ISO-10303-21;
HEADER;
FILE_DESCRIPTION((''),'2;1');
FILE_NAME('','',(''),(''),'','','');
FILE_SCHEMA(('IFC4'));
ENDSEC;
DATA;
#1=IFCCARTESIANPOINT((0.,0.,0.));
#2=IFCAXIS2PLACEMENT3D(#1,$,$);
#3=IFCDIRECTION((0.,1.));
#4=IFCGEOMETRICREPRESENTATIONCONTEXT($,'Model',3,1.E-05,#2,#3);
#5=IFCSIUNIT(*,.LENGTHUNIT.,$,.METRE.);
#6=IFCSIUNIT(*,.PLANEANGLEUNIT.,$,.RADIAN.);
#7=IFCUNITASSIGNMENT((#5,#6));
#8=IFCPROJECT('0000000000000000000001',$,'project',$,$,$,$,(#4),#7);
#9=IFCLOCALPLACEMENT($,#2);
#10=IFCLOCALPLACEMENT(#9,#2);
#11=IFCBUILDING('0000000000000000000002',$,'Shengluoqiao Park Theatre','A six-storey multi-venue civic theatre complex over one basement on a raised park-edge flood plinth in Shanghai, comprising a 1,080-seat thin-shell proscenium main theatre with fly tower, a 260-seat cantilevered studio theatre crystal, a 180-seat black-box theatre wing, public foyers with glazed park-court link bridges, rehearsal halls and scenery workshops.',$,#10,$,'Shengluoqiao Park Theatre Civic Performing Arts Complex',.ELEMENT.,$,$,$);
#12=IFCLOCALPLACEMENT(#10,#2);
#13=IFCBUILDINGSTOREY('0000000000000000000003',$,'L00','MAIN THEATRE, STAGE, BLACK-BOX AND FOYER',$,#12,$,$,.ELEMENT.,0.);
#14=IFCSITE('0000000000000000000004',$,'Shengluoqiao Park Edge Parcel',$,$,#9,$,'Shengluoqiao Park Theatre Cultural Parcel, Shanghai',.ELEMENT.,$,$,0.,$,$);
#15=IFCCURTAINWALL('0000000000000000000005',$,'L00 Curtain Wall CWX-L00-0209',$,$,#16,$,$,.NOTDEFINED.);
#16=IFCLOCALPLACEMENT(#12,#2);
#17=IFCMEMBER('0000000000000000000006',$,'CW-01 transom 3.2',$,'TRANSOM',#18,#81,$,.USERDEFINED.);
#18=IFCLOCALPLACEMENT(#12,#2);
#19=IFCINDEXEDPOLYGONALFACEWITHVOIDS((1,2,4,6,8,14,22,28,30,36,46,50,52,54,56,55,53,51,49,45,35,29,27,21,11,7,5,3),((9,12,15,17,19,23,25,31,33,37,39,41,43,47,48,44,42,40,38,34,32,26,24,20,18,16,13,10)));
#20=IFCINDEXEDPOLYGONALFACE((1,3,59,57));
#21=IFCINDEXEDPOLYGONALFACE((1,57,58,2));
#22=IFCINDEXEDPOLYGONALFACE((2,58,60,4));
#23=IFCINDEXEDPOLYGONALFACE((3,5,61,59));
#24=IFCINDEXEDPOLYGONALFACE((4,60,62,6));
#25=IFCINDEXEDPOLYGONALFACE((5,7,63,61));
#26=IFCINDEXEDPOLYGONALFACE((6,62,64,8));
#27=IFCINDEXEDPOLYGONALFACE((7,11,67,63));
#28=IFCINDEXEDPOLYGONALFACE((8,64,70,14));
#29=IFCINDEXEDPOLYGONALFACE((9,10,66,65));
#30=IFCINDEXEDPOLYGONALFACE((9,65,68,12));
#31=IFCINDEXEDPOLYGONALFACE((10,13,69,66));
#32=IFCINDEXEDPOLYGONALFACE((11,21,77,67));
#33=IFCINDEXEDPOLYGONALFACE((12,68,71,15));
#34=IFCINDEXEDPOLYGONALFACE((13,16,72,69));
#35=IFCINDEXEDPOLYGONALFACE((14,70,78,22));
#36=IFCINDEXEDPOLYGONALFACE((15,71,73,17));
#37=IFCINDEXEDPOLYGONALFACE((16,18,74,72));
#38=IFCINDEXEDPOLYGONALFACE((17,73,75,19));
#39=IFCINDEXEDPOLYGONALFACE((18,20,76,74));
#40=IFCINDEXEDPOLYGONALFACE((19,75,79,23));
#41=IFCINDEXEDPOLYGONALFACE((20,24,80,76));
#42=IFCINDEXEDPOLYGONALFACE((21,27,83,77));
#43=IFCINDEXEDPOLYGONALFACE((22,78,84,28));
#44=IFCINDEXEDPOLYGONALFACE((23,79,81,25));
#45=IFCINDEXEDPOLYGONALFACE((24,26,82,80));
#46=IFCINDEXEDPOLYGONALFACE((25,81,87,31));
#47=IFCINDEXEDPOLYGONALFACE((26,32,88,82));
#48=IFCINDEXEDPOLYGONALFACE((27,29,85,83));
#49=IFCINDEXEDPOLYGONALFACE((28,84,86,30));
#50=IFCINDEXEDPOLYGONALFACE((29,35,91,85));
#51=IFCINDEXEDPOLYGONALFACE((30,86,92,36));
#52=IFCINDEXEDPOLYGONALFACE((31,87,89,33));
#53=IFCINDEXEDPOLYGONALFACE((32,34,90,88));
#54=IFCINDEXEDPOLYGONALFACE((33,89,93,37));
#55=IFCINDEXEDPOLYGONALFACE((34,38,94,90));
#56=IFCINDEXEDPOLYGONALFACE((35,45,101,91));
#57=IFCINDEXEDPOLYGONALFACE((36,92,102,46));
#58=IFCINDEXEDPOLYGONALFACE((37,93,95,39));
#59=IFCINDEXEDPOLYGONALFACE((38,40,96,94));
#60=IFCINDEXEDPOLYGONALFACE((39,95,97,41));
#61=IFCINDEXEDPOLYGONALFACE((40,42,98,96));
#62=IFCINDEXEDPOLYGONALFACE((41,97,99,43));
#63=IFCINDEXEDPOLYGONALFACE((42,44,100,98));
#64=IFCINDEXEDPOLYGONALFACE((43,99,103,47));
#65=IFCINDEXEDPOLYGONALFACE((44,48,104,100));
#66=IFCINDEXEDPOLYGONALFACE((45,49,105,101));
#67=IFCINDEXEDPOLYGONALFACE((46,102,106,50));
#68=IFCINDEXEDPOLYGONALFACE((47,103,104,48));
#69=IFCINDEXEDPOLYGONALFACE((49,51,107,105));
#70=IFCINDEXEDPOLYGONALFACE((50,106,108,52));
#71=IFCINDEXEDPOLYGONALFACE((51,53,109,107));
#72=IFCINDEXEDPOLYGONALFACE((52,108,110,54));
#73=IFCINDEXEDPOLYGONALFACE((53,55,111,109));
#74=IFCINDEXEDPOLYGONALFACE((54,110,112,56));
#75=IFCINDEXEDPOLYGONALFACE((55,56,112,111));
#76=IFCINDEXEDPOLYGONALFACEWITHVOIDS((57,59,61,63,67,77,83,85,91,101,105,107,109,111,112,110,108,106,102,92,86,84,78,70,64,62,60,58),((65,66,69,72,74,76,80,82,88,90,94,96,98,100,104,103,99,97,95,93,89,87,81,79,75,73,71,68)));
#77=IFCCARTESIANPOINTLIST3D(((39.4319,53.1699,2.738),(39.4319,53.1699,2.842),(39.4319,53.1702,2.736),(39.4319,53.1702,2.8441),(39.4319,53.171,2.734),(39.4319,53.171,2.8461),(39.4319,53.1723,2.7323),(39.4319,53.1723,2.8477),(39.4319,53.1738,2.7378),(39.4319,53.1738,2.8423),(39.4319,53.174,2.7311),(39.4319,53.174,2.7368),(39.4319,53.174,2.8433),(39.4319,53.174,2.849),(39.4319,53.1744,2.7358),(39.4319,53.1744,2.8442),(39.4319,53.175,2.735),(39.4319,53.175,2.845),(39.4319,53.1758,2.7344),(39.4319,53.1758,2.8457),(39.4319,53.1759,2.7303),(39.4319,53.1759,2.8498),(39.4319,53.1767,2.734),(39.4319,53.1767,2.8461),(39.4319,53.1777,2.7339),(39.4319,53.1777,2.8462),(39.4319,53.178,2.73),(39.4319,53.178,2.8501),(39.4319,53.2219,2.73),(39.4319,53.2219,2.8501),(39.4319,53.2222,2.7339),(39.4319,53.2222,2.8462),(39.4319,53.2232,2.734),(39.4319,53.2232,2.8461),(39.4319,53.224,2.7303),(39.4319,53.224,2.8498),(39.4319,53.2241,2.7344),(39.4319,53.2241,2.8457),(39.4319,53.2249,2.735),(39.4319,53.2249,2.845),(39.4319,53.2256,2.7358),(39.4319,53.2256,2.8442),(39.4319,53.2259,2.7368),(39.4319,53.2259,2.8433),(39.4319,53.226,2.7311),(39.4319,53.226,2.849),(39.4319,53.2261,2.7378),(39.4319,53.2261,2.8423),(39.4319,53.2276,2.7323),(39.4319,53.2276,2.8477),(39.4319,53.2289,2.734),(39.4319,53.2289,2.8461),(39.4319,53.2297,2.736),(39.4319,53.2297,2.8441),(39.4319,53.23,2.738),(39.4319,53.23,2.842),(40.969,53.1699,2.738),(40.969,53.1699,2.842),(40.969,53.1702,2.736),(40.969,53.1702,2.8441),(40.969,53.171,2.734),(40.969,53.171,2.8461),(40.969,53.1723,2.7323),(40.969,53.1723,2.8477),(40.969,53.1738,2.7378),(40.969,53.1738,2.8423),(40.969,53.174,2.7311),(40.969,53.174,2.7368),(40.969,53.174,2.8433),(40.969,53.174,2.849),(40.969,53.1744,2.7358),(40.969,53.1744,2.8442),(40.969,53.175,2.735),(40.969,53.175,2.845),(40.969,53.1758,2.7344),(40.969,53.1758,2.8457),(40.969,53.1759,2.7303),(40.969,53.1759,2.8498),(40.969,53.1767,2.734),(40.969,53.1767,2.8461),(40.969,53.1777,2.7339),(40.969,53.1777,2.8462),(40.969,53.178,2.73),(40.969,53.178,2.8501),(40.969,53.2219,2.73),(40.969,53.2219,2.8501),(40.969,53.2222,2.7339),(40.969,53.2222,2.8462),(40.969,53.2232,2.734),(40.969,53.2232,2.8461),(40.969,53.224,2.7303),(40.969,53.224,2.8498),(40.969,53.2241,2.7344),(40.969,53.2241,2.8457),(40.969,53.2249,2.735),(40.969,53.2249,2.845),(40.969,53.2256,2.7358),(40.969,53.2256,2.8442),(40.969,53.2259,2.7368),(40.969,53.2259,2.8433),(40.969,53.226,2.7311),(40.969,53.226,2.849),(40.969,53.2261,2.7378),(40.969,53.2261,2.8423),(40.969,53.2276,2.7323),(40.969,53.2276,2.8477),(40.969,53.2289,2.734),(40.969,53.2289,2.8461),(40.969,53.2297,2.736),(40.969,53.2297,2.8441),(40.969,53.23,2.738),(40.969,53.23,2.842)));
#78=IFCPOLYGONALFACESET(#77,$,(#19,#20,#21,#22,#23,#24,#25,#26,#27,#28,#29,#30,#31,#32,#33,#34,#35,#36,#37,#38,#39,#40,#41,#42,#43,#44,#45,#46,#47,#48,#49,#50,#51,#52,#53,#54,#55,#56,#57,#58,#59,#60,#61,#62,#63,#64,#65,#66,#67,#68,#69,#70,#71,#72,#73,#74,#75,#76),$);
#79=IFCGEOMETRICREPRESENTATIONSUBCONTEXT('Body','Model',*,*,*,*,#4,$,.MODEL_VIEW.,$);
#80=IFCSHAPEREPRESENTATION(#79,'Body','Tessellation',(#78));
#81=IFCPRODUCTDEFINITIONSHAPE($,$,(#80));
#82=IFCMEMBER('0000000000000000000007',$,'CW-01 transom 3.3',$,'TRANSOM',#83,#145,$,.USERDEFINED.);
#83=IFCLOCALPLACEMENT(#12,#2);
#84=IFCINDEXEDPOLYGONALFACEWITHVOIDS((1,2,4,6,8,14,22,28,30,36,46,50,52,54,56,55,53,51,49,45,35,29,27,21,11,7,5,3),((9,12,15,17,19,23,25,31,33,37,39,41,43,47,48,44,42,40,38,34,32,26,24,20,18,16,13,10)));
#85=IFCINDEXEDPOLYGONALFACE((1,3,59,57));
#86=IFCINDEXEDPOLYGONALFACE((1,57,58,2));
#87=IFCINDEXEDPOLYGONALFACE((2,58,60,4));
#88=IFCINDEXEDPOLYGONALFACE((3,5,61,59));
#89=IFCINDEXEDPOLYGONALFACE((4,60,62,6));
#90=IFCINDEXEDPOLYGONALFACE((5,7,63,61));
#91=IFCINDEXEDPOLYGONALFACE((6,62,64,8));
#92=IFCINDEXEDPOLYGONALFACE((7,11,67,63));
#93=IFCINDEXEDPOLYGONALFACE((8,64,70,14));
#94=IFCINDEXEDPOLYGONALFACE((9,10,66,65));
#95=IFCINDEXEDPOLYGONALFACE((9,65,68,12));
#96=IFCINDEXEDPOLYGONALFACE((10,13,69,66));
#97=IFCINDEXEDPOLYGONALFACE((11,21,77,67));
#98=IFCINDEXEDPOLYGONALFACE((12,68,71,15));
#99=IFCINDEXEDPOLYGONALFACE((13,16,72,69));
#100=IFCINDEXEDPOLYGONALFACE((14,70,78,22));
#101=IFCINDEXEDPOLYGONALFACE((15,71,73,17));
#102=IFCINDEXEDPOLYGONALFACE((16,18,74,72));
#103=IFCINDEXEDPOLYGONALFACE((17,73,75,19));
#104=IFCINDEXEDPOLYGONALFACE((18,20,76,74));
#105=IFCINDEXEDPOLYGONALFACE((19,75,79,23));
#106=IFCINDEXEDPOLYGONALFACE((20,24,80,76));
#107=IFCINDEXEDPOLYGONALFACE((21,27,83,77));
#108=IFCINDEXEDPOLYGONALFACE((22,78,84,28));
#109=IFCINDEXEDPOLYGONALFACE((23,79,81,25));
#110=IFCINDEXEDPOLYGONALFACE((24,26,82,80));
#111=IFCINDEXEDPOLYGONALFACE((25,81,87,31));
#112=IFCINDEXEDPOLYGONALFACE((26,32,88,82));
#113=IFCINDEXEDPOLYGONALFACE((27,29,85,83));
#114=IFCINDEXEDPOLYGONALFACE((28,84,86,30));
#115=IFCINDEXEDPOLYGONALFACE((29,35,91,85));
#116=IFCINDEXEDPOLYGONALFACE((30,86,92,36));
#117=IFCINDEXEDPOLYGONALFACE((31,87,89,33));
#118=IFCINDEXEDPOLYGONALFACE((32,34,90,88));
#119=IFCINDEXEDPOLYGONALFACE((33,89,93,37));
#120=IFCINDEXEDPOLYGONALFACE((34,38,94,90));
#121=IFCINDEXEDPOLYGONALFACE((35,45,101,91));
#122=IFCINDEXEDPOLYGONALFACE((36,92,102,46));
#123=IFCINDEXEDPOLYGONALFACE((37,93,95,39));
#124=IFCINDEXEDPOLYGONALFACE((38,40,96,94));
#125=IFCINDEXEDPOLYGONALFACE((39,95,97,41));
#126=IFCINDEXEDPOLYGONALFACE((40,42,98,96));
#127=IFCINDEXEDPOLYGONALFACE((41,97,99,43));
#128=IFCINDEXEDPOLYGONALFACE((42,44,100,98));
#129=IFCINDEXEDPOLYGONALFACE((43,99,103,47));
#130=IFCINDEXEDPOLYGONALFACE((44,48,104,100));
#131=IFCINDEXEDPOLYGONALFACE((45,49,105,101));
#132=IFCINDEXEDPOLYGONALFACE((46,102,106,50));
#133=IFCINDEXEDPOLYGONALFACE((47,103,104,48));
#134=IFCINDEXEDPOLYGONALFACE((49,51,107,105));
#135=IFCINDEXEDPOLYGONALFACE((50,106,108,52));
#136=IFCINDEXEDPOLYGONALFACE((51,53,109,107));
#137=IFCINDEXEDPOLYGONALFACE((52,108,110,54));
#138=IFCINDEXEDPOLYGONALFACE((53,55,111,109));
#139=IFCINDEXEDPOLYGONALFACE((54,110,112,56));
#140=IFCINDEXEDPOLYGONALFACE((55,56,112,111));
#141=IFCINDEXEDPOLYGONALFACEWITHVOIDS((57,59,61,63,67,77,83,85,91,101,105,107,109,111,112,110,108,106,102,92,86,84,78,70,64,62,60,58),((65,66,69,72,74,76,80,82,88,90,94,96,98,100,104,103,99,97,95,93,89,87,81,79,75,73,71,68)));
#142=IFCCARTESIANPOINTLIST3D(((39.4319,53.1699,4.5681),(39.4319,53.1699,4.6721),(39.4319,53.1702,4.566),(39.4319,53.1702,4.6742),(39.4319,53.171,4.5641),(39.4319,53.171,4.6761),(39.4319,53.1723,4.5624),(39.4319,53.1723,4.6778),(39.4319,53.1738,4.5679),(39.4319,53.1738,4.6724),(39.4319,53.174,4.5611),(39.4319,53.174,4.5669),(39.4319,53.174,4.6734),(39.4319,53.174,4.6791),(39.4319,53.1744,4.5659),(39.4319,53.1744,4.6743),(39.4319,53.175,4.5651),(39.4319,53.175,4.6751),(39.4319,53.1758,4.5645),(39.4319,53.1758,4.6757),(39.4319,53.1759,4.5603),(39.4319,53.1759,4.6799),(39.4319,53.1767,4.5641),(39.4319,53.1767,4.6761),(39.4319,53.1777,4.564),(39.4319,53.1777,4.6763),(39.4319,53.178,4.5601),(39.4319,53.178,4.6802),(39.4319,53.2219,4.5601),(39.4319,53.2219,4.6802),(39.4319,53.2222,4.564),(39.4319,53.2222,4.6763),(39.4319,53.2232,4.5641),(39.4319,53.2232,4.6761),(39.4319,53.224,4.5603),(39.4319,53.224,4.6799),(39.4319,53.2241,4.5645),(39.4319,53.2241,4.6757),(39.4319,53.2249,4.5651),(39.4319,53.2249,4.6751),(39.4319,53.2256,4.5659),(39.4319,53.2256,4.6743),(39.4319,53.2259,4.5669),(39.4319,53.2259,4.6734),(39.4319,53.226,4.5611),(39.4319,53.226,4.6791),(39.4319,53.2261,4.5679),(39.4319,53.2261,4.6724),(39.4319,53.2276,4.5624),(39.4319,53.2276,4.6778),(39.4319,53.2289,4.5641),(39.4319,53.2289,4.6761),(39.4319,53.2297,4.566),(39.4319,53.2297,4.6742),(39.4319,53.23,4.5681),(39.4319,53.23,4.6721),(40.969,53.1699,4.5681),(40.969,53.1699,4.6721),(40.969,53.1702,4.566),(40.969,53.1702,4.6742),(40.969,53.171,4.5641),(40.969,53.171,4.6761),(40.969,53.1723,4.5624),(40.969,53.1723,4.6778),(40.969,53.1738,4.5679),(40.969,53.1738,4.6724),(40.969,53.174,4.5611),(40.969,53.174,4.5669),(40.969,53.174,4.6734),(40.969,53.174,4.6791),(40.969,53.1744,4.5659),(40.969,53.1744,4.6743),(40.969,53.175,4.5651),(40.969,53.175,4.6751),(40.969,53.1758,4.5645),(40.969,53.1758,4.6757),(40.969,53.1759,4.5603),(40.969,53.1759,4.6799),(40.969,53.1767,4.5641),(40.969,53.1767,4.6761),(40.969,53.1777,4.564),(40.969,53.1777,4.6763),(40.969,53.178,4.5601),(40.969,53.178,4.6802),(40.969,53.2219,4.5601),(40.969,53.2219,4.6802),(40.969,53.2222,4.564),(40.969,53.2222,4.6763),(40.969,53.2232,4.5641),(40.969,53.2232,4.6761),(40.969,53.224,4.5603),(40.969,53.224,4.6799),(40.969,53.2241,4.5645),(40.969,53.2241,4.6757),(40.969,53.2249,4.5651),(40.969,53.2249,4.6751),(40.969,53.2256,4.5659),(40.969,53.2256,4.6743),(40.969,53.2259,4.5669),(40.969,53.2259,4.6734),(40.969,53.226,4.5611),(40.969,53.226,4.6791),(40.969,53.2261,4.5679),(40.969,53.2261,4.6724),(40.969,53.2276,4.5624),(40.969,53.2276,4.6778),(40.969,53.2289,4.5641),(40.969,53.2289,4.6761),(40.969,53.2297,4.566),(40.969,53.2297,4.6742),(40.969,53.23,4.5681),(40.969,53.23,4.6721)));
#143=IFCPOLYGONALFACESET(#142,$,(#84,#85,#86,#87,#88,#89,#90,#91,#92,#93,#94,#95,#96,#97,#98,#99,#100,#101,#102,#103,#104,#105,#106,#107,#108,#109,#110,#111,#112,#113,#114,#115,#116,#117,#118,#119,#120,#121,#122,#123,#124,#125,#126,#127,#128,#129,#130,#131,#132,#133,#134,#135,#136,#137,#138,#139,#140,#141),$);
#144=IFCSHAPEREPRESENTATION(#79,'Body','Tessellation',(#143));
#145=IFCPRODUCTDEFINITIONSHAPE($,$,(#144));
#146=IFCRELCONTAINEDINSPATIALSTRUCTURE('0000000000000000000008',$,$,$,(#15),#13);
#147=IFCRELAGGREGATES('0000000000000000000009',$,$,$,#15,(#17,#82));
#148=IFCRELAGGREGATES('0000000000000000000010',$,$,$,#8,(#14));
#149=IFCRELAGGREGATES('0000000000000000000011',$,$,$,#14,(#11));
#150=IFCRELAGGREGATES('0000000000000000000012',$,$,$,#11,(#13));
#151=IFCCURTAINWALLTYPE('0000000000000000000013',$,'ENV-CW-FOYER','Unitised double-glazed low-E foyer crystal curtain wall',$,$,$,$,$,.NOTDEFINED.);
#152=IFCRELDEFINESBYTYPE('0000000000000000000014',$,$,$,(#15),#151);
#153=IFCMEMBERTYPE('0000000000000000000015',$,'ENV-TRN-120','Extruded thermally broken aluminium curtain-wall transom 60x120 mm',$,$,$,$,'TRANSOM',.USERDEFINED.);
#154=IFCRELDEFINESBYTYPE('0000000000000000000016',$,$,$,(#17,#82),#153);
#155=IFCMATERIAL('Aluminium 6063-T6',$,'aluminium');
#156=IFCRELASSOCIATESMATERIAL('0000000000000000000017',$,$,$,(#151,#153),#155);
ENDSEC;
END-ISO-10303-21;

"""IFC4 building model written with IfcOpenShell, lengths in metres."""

from ifc_helpers import new_model, si_unit, direction, frame, origin, origin_2d, place, context, subcontext, project, spatial, hollow_rectangle, extrude, material, material_profile, profile_set, type_object, element, aggregate, save


model = new_model("IFC4")

# Units and contexts
model_context = context("Model", 3, precision=1e-05, world=origin(), true_north=direction((0.0, 1.0)))
body_context = subcontext(model_context, "Body", "Model", "MODEL_VIEW")
ifc_project = project(units=[si_unit("LENGTHUNIT", "METRE"), si_unit("PLANEANGLEUNIT", "RADIAN")], contexts=[model_context])

# Site, building, storey
site_placement = place(None, origin())
site = spatial("IfcSite", under=ifc_project, at=site_placement, Name="Shengluoqiao Park Edge Parcel", LongName="Shengluoqiao Park Theatre Cultural Parcel, Shanghai", CompositionType="ELEMENT", RefElevation=0.0)
building_placement = place(site_placement, origin())
building = spatial("IfcBuilding", under=site, at=building_placement, Name="Shengluoqiao Park Theatre", Description="A six-storey multi-venue civic theatre complex over one basement on a raised park-edge flood plinth in Shanghai, comprising a 1,080-seat thin-shell proscenium main theatre with fly tower, a 260-seat cantilevered studio theatre crystal, a 180-seat black-box theatre wing, public foyers with glazed park-court link bridges, rehearsal halls and scenery workshops.", LongName="Shengluoqiao Park Theatre Civic Performing Arts Complex", CompositionType="ELEMENT")
storey_placement = place(building_placement, origin())
storey = spatial("IfcBuildingStorey", under=building, at=storey_placement, Name="L00", Description="MAIN THEATRE, STAGE, BLACK-BOX AND FOYER", CompositionType="ELEMENT", Elevation=0.0)

# Curtain wall
ifc_material_1 = material(Name="Aluminium 6063-T6", Category="aluminium")
curtain_wall_type_1 = type_object("IfcCurtainWallType", Name="ENV-CW-FOYER", Description="Unitised double-glazed low-E foyer crystal curtain wall", PredefinedType="NOTDEFINED", material=ifc_material_1)
curtain_wall_1_placement = place(storey_placement, origin())
curtain_wall_1 = element("IfcCurtainWall", 1, at=curtain_wall_1_placement, inside=storey, type_object=curtain_wall_type_1, Name="L00 Curtain Wall CWX-L00-0209", PredefinedType="NOTDEFINED")

# Members
ifc_material_profile_1 = material_profile(ifc_material_1, hollow_rectangle(XDim=0.0601, YDim=0.1201, WallThickness=0.0039, InnerFilletRadius=0.0039, OuterFilletRadius=0.0081, at=origin_2d()), Name="ALU TRANSOM 120x60x4")
ifc_profile_set_1 = profile_set([ifc_material_profile_1], Name="Aluminium 6063-T6")
member_type_1 = type_object("IfcMemberType", Name="ENV-TRN-120", Description="Extruded thermally broken aluminium curtain-wall transom 60x120 mm", ElementType="TRANSOM", PredefinedType="USERDEFINED", material=ifc_profile_set_1)
member_1_placement = place(storey_placement, frame((39.4319, 53.2, 2.79), z_axis=(1.0, 0.0, 0.0), x_axis=(0.0, 1.0, 0.0)))
member_1 = element("IfcMember", 2, at=member_1_placement, type_object=member_type_1, Name="CW-01 transom 3.2", ObjectType="TRANSOM", PredefinedType="USERDEFINED", context=body_context, shape_type="SweptSolid", body=[
    extrude(hollow_rectangle(XDim=0.0601, YDim=0.1201, WallThickness=0.0039, InnerFilletRadius=0.0039, OuterFilletRadius=0.0081, at=origin_2d()), origin(), (0.0, 0.0, 1.0), 1.5371),
])
member_2_placement = place(storey_placement, frame((39.4319, 53.2, 4.6201), z_axis=(1.0, 0.0, 0.0), x_axis=(0.0, 1.0, 0.0)))
member_2 = element("IfcMember", 3, at=member_2_placement, type_object=member_type_1, Name="CW-01 transom 3.3", ObjectType="TRANSOM", PredefinedType="USERDEFINED", context=body_context, shape_type="SweptSolid", body=[
    extrude(hollow_rectangle(XDim=0.0601, YDim=0.1201, WallThickness=0.0039, InnerFilletRadius=0.0039, OuterFilletRadius=0.0081, at=origin_2d()), origin(), (0.0, 0.0, 1.0), 1.5371),
])

aggregate(curtain_wall_1, [member_1, member_2])

save(model, "model.ifc")
